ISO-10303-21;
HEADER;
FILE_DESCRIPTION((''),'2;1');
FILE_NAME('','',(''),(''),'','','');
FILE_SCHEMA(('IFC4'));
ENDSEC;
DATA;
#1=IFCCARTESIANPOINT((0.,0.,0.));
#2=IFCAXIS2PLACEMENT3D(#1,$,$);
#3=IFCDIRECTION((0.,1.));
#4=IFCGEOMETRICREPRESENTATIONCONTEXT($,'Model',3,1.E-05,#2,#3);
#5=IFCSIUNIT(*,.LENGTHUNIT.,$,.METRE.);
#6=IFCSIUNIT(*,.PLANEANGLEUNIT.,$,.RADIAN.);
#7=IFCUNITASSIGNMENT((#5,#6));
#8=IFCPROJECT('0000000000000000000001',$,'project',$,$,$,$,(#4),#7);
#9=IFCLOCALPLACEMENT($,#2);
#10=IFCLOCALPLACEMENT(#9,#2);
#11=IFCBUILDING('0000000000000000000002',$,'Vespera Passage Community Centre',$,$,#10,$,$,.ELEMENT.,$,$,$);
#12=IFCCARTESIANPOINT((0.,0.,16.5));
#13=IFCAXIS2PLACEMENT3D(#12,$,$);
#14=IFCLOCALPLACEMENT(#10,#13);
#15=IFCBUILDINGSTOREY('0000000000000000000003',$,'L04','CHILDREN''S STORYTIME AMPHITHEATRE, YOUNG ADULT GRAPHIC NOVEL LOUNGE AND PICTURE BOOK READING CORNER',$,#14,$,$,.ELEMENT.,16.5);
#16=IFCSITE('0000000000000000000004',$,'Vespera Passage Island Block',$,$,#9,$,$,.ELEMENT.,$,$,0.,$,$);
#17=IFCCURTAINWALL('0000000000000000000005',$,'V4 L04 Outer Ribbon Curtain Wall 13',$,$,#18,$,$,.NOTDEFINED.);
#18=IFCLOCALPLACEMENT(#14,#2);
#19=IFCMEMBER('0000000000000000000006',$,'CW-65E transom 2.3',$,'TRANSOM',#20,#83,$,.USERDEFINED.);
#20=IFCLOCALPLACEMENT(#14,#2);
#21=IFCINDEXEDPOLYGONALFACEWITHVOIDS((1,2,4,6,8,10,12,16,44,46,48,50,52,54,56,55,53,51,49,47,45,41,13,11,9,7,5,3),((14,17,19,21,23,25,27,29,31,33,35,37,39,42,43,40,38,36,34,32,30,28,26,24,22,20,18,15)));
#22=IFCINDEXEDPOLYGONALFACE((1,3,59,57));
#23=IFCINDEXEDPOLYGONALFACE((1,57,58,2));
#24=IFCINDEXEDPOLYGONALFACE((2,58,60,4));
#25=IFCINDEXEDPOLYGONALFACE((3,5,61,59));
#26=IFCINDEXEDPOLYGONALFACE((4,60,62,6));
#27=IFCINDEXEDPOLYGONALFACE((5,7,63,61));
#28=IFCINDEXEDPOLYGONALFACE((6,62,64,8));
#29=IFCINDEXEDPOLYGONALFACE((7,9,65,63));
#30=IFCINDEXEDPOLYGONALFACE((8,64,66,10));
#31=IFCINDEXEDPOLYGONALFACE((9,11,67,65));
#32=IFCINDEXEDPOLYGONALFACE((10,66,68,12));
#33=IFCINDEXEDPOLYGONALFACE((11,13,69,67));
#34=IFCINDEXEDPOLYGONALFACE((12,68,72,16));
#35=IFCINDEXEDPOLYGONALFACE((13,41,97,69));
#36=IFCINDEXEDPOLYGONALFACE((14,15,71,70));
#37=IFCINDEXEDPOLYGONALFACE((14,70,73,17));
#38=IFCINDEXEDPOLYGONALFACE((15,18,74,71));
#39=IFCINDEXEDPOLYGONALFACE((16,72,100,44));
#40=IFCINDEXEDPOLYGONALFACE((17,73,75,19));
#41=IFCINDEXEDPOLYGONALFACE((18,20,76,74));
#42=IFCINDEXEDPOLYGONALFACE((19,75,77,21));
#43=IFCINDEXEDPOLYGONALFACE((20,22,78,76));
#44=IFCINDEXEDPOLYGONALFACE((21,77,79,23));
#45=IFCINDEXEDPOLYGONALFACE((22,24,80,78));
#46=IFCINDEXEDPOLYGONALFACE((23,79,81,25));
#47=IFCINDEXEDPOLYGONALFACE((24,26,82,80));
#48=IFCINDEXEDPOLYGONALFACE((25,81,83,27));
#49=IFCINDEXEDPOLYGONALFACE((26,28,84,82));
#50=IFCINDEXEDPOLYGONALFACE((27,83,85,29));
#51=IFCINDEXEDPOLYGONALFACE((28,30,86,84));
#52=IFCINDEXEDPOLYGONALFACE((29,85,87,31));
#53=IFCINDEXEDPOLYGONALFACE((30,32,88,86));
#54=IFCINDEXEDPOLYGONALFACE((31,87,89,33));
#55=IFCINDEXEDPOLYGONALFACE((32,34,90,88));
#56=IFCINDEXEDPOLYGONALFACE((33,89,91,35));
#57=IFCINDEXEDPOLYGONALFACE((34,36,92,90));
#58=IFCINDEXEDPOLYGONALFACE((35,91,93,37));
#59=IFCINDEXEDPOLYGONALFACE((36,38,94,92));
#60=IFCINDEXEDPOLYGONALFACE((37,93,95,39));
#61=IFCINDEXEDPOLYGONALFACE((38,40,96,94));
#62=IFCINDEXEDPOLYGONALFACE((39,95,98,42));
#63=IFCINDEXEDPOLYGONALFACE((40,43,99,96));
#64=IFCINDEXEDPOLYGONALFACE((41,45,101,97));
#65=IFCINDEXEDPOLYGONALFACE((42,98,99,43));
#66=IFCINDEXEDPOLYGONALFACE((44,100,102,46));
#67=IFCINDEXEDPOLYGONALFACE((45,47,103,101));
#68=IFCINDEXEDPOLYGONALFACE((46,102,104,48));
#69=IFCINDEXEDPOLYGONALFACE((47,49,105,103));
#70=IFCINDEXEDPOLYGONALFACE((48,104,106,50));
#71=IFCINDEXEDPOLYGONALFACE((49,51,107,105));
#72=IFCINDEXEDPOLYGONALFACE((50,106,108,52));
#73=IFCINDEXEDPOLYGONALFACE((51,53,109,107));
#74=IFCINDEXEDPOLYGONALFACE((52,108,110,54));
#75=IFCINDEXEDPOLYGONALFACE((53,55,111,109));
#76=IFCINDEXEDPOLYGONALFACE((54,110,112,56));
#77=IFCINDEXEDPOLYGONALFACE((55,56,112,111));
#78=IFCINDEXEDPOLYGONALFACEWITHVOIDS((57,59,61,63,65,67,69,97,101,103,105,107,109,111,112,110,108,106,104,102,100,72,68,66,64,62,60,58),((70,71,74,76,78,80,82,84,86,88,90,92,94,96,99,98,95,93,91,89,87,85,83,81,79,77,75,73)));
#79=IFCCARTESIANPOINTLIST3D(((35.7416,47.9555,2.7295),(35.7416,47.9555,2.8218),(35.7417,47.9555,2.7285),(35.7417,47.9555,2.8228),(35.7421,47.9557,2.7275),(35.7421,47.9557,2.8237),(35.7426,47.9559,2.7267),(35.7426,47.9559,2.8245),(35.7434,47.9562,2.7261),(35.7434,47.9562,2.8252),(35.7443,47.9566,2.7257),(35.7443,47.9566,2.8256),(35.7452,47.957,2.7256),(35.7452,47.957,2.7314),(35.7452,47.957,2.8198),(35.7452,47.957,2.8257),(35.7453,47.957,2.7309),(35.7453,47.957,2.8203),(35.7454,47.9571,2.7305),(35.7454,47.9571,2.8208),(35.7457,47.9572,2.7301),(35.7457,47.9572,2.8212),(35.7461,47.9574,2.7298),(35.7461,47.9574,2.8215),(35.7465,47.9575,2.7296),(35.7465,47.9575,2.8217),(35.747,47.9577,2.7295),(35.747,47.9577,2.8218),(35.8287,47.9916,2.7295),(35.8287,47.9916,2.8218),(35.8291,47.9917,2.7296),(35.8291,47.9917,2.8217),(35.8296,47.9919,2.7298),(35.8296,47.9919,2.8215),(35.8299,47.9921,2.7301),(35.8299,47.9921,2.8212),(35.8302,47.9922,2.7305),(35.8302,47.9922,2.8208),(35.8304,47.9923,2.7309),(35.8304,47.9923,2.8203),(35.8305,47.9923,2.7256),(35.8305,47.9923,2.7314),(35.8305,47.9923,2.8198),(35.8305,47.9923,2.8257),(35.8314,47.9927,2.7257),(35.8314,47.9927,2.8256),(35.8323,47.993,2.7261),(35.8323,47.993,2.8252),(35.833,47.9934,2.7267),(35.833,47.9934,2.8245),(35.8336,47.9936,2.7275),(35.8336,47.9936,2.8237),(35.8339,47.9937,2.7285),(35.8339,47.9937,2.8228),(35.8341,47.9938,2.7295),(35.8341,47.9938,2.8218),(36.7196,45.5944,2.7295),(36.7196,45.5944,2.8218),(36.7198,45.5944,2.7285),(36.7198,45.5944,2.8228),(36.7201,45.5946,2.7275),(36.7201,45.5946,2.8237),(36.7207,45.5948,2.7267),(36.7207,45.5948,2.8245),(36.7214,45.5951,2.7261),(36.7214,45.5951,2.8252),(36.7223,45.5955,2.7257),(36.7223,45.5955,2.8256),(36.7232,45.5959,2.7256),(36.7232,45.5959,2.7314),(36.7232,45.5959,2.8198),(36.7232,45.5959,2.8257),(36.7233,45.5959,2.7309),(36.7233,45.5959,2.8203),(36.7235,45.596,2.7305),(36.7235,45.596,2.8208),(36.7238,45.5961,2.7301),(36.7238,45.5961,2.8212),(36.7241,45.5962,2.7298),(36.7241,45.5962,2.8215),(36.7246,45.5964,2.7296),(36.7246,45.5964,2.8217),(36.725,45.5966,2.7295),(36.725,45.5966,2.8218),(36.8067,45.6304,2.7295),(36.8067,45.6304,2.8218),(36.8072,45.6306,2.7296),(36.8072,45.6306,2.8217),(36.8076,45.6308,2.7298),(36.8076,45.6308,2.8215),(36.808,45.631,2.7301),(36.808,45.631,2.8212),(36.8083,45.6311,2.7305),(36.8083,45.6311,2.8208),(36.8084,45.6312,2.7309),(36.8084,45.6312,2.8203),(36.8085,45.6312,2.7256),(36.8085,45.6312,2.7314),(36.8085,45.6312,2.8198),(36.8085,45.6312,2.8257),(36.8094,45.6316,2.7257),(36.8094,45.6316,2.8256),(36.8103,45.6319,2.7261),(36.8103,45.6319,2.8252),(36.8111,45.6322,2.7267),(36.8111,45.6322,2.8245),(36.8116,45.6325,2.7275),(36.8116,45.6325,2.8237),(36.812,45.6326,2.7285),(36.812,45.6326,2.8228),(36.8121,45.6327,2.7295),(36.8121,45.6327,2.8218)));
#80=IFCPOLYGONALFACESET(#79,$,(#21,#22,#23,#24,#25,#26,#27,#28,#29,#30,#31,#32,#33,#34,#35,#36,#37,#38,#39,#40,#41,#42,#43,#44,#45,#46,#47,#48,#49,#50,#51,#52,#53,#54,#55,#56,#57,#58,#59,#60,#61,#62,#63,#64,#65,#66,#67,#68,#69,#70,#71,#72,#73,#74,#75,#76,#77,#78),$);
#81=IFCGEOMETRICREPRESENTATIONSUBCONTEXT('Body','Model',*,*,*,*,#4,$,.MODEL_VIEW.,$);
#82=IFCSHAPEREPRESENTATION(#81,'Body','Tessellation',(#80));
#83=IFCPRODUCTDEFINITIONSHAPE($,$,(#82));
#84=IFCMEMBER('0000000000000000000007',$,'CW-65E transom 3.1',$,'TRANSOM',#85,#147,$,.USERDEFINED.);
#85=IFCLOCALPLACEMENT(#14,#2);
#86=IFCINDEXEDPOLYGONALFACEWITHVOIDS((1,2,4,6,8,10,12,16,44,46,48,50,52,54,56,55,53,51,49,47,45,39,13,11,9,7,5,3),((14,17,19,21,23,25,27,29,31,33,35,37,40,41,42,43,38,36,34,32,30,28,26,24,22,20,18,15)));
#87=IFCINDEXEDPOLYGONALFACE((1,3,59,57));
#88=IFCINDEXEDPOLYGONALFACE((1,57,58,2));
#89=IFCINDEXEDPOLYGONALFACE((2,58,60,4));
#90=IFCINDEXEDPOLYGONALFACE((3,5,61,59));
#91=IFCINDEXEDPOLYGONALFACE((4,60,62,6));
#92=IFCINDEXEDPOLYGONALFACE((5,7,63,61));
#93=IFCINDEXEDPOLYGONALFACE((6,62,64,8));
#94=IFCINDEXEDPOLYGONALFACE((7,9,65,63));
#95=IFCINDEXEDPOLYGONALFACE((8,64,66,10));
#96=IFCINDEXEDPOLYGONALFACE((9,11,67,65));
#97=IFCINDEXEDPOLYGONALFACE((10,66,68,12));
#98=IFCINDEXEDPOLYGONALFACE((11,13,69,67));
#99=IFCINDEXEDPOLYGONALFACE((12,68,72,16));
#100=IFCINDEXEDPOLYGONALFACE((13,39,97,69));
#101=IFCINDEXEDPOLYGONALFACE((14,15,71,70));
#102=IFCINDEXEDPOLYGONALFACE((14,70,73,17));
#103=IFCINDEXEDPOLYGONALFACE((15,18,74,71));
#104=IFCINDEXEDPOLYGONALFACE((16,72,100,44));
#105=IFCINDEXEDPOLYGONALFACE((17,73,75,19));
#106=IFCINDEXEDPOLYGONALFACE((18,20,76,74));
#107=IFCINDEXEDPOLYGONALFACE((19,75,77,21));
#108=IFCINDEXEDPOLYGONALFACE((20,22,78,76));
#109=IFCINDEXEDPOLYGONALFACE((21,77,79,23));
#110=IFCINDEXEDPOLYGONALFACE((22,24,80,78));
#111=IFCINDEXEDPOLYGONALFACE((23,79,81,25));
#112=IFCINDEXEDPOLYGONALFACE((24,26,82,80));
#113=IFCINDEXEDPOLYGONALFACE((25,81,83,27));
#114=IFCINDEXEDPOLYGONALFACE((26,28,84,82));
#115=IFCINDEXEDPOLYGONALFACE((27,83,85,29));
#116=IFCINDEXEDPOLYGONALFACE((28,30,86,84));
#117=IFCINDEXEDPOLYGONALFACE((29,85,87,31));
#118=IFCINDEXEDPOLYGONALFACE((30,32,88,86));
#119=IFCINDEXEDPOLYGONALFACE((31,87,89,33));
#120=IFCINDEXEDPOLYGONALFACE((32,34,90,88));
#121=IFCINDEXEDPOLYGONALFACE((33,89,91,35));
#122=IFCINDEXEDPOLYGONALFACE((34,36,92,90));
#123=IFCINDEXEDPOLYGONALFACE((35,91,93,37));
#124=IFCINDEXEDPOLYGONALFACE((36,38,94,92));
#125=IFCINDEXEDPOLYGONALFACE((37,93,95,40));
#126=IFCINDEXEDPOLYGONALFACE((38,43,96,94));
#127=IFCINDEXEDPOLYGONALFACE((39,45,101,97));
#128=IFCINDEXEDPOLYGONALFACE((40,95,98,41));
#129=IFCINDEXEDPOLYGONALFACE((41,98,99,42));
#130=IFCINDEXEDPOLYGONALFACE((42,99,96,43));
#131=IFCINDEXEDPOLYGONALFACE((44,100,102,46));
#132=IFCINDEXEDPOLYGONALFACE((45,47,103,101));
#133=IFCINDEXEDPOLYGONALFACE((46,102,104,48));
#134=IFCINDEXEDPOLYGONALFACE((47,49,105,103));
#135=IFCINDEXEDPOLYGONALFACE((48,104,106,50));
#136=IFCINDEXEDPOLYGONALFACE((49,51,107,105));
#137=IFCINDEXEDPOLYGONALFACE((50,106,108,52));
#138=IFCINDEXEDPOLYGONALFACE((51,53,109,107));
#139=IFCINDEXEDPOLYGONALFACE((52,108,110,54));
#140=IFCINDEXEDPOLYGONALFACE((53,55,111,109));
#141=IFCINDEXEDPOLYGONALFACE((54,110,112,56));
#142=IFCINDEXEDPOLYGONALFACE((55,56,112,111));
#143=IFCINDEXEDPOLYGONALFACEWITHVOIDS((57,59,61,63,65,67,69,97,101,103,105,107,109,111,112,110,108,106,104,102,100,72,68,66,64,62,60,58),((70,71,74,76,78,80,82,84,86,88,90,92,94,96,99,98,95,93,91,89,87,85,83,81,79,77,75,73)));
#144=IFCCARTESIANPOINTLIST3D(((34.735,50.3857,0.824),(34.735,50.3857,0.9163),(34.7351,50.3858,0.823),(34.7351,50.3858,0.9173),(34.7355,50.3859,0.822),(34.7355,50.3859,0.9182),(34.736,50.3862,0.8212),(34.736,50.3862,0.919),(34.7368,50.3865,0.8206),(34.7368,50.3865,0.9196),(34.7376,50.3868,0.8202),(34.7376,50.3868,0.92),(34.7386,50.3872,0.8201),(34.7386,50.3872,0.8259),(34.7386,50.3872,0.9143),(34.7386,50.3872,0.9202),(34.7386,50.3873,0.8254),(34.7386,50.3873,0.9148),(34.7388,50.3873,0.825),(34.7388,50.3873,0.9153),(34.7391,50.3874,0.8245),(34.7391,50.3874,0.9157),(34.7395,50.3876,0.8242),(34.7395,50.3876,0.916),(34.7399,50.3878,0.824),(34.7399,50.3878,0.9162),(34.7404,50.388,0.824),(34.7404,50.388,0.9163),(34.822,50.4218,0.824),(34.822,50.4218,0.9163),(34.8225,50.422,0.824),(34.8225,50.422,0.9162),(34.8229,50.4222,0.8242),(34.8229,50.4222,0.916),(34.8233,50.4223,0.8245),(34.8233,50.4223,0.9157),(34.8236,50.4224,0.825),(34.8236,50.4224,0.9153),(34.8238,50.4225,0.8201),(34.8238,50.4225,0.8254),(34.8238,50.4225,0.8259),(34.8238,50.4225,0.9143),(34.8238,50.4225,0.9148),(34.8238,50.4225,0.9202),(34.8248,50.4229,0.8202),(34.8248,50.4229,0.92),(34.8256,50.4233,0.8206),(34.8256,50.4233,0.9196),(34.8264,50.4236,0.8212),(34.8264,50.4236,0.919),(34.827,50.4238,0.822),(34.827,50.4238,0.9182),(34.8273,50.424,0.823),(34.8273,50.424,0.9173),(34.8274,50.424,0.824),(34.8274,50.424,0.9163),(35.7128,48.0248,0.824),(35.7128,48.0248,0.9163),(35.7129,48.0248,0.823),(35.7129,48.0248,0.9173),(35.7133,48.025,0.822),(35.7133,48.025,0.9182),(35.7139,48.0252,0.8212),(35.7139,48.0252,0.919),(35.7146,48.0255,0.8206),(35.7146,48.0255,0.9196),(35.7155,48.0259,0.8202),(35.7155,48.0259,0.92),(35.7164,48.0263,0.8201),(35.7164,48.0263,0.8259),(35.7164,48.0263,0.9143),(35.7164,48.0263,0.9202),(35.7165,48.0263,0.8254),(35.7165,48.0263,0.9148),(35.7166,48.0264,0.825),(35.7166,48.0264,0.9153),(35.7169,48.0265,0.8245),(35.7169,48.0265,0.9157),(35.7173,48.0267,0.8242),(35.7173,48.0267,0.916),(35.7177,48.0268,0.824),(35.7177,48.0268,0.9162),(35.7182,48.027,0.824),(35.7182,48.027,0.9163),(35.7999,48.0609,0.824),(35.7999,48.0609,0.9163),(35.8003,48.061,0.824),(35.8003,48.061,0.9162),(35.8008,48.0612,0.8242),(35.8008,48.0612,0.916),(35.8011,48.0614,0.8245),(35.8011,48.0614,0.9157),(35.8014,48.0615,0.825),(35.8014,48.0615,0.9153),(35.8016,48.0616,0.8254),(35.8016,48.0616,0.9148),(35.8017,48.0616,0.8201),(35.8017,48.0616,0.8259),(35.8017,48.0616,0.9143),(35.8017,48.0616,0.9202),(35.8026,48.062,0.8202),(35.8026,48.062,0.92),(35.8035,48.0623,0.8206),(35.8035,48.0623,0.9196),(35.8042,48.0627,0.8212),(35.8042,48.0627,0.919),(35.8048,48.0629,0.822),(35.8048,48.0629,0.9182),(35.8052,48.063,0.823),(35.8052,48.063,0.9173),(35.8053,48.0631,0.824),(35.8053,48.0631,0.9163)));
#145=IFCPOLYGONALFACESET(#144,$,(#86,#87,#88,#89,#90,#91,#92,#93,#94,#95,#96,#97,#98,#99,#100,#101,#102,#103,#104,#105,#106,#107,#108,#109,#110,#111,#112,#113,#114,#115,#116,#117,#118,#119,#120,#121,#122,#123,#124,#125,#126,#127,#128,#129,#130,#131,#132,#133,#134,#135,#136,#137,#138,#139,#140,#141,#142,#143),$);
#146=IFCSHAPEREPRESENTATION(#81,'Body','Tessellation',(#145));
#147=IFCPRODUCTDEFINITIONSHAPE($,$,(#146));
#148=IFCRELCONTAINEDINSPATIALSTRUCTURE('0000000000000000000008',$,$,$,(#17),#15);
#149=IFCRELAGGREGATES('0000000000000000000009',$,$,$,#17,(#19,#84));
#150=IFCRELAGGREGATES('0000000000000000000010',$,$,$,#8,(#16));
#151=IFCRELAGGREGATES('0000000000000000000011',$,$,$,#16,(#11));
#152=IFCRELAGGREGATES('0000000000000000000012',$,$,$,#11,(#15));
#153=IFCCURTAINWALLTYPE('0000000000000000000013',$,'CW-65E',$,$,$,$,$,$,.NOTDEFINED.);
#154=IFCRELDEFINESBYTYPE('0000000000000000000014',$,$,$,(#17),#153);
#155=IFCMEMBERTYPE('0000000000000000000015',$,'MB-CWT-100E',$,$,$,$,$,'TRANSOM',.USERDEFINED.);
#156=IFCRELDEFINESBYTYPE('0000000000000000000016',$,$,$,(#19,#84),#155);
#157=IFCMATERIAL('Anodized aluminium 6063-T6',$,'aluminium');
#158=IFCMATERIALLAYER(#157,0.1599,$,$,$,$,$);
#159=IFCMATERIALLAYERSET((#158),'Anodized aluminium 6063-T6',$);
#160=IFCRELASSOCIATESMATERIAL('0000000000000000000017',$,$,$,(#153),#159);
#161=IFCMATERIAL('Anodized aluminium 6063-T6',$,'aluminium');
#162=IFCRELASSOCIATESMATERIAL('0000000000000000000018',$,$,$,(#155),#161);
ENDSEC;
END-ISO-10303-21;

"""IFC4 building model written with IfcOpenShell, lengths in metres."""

from ifc_helpers import new_model, si_unit, direction, frame, origin, origin_2d, place, context, subcontext, project, spatial, hollow_rectangle, extrude, material, layer, layer_set, material_profile, profile_set, type_object, element, aggregate, save


model = new_model("IFC4")

# Units and contexts
model_context = context("Model", 3, precision=1e-05, world=origin(), true_north=direction((0.0, 1.0)))
body_context = subcontext(model_context, "Body", "Model", "MODEL_VIEW")
ifc_project = project(units=[si_unit("LENGTHUNIT", "METRE"), si_unit("PLANEANGLEUNIT", "RADIAN")], contexts=[model_context])

# Site, building, storey
site_placement = place(None, origin())
site = spatial("IfcSite", under=ifc_project, at=site_placement, Name="Vespera Passage Island Block", CompositionType="ELEMENT", RefElevation=0.0)
building_placement = place(site_placement, origin())
building = spatial("IfcBuilding", under=site, at=building_placement, Name="Vespera Passage Community Centre", CompositionType="ELEMENT")
storey_placement = place(building_placement, frame((0.0, 0.0, 16.5)))
storey = spatial("IfcBuildingStorey", under=building, at=storey_placement, Name="L04", Description="CHILDREN'S STORYTIME AMPHITHEATRE, YOUNG ADULT GRAPHIC NOVEL LOUNGE AND PICTURE BOOK READING CORNER", CompositionType="ELEMENT", Elevation=16.5)

# Curtain wall, members
ifc_material_1 = material(Name="Anodized aluminium 6063-T6", Category="aluminium")
ifc_layer_1 = layer(ifc_material_1, 0.1599)
ifc_layer_set_1 = layer_set([ifc_layer_1], Name="Anodized aluminium 6063-T6")
curtain_wall_type_1 = type_object("IfcCurtainWallType", Name="CW-65E", PredefinedType="NOTDEFINED", material=ifc_layer_set_1)
curtain_wall_1_placement = place(storey_placement, origin())
curtain_wall_1 = element("IfcCurtainWall", 1, at=curtain_wall_1_placement, inside=storey, type_object=curtain_wall_type_1, Name="V4 L04 Outer Ribbon Curtain Wall 13", PredefinedType="NOTDEFINED")
ifc_material_2 = material(Name="Anodized aluminium 6063-T6", Category="aluminium")
ifc_material_profile_1 = material_profile(ifc_material_2, hollow_rectangle(XDim=0.1001, YDim=0.1001, WallThickness=0.0039, InnerFilletRadius=0.002, OuterFilletRadius=0.0039, at=origin_2d()), Name="ALU100X100X4")
ifc_profile_set_1 = profile_set([ifc_material_profile_1], Name="Anodized aluminium 6063-T6")
member_type_1 = type_object("IfcMemberType", Name="MB-CWT-100E", ElementType="TRANSOM", PredefinedType="USERDEFINED", material=ifc_profile_set_1)
member_1_placement = place(storey_placement, frame((36.7659, 45.6135, 2.7756), z_axis=(-0.382695, 0.923875, 0.0), x_axis=(-0.923875, -0.382695, 0.0)))
member_1 = element("IfcMember", 2, at=member_1_placement, type_object=member_type_1, Name="CW-65E transom 2.3", ObjectType="TRANSOM", PredefinedType="USERDEFINED", context=body_context, shape_type="SweptSolid", body=[
    extrude(hollow_rectangle(XDim=0.1001, YDim=0.1001, WallThickness=0.0039, InnerFilletRadius=0.002, OuterFilletRadius=0.0039, at=origin_2d()), origin(), (0.0, 0.0, 1.0), 2.5557),
])
member_2_placement = place(storey_placement, frame((35.759, 48.0439, 0.8701), z_axis=(-0.382647, 0.923895, 0.0), x_axis=(-0.923895, -0.382647, 0.0)))
member_2 = element("IfcMember", 3, at=member_2_placement, type_object=member_type_1, Name="CW-65E transom 3.1", ObjectType="TRANSOM", PredefinedType="USERDEFINED", context=body_context, shape_type="SweptSolid", body=[
    extrude(hollow_rectangle(XDim=0.1001, YDim=0.1001, WallThickness=0.0039, InnerFilletRadius=0.002, OuterFilletRadius=0.0039, at=origin_2d()), origin(), (0.0, 0.0, 1.0), 2.5554),
])

aggregate(curtain_wall_1, [member_1, member_2])

save(model, "model.ifc")
